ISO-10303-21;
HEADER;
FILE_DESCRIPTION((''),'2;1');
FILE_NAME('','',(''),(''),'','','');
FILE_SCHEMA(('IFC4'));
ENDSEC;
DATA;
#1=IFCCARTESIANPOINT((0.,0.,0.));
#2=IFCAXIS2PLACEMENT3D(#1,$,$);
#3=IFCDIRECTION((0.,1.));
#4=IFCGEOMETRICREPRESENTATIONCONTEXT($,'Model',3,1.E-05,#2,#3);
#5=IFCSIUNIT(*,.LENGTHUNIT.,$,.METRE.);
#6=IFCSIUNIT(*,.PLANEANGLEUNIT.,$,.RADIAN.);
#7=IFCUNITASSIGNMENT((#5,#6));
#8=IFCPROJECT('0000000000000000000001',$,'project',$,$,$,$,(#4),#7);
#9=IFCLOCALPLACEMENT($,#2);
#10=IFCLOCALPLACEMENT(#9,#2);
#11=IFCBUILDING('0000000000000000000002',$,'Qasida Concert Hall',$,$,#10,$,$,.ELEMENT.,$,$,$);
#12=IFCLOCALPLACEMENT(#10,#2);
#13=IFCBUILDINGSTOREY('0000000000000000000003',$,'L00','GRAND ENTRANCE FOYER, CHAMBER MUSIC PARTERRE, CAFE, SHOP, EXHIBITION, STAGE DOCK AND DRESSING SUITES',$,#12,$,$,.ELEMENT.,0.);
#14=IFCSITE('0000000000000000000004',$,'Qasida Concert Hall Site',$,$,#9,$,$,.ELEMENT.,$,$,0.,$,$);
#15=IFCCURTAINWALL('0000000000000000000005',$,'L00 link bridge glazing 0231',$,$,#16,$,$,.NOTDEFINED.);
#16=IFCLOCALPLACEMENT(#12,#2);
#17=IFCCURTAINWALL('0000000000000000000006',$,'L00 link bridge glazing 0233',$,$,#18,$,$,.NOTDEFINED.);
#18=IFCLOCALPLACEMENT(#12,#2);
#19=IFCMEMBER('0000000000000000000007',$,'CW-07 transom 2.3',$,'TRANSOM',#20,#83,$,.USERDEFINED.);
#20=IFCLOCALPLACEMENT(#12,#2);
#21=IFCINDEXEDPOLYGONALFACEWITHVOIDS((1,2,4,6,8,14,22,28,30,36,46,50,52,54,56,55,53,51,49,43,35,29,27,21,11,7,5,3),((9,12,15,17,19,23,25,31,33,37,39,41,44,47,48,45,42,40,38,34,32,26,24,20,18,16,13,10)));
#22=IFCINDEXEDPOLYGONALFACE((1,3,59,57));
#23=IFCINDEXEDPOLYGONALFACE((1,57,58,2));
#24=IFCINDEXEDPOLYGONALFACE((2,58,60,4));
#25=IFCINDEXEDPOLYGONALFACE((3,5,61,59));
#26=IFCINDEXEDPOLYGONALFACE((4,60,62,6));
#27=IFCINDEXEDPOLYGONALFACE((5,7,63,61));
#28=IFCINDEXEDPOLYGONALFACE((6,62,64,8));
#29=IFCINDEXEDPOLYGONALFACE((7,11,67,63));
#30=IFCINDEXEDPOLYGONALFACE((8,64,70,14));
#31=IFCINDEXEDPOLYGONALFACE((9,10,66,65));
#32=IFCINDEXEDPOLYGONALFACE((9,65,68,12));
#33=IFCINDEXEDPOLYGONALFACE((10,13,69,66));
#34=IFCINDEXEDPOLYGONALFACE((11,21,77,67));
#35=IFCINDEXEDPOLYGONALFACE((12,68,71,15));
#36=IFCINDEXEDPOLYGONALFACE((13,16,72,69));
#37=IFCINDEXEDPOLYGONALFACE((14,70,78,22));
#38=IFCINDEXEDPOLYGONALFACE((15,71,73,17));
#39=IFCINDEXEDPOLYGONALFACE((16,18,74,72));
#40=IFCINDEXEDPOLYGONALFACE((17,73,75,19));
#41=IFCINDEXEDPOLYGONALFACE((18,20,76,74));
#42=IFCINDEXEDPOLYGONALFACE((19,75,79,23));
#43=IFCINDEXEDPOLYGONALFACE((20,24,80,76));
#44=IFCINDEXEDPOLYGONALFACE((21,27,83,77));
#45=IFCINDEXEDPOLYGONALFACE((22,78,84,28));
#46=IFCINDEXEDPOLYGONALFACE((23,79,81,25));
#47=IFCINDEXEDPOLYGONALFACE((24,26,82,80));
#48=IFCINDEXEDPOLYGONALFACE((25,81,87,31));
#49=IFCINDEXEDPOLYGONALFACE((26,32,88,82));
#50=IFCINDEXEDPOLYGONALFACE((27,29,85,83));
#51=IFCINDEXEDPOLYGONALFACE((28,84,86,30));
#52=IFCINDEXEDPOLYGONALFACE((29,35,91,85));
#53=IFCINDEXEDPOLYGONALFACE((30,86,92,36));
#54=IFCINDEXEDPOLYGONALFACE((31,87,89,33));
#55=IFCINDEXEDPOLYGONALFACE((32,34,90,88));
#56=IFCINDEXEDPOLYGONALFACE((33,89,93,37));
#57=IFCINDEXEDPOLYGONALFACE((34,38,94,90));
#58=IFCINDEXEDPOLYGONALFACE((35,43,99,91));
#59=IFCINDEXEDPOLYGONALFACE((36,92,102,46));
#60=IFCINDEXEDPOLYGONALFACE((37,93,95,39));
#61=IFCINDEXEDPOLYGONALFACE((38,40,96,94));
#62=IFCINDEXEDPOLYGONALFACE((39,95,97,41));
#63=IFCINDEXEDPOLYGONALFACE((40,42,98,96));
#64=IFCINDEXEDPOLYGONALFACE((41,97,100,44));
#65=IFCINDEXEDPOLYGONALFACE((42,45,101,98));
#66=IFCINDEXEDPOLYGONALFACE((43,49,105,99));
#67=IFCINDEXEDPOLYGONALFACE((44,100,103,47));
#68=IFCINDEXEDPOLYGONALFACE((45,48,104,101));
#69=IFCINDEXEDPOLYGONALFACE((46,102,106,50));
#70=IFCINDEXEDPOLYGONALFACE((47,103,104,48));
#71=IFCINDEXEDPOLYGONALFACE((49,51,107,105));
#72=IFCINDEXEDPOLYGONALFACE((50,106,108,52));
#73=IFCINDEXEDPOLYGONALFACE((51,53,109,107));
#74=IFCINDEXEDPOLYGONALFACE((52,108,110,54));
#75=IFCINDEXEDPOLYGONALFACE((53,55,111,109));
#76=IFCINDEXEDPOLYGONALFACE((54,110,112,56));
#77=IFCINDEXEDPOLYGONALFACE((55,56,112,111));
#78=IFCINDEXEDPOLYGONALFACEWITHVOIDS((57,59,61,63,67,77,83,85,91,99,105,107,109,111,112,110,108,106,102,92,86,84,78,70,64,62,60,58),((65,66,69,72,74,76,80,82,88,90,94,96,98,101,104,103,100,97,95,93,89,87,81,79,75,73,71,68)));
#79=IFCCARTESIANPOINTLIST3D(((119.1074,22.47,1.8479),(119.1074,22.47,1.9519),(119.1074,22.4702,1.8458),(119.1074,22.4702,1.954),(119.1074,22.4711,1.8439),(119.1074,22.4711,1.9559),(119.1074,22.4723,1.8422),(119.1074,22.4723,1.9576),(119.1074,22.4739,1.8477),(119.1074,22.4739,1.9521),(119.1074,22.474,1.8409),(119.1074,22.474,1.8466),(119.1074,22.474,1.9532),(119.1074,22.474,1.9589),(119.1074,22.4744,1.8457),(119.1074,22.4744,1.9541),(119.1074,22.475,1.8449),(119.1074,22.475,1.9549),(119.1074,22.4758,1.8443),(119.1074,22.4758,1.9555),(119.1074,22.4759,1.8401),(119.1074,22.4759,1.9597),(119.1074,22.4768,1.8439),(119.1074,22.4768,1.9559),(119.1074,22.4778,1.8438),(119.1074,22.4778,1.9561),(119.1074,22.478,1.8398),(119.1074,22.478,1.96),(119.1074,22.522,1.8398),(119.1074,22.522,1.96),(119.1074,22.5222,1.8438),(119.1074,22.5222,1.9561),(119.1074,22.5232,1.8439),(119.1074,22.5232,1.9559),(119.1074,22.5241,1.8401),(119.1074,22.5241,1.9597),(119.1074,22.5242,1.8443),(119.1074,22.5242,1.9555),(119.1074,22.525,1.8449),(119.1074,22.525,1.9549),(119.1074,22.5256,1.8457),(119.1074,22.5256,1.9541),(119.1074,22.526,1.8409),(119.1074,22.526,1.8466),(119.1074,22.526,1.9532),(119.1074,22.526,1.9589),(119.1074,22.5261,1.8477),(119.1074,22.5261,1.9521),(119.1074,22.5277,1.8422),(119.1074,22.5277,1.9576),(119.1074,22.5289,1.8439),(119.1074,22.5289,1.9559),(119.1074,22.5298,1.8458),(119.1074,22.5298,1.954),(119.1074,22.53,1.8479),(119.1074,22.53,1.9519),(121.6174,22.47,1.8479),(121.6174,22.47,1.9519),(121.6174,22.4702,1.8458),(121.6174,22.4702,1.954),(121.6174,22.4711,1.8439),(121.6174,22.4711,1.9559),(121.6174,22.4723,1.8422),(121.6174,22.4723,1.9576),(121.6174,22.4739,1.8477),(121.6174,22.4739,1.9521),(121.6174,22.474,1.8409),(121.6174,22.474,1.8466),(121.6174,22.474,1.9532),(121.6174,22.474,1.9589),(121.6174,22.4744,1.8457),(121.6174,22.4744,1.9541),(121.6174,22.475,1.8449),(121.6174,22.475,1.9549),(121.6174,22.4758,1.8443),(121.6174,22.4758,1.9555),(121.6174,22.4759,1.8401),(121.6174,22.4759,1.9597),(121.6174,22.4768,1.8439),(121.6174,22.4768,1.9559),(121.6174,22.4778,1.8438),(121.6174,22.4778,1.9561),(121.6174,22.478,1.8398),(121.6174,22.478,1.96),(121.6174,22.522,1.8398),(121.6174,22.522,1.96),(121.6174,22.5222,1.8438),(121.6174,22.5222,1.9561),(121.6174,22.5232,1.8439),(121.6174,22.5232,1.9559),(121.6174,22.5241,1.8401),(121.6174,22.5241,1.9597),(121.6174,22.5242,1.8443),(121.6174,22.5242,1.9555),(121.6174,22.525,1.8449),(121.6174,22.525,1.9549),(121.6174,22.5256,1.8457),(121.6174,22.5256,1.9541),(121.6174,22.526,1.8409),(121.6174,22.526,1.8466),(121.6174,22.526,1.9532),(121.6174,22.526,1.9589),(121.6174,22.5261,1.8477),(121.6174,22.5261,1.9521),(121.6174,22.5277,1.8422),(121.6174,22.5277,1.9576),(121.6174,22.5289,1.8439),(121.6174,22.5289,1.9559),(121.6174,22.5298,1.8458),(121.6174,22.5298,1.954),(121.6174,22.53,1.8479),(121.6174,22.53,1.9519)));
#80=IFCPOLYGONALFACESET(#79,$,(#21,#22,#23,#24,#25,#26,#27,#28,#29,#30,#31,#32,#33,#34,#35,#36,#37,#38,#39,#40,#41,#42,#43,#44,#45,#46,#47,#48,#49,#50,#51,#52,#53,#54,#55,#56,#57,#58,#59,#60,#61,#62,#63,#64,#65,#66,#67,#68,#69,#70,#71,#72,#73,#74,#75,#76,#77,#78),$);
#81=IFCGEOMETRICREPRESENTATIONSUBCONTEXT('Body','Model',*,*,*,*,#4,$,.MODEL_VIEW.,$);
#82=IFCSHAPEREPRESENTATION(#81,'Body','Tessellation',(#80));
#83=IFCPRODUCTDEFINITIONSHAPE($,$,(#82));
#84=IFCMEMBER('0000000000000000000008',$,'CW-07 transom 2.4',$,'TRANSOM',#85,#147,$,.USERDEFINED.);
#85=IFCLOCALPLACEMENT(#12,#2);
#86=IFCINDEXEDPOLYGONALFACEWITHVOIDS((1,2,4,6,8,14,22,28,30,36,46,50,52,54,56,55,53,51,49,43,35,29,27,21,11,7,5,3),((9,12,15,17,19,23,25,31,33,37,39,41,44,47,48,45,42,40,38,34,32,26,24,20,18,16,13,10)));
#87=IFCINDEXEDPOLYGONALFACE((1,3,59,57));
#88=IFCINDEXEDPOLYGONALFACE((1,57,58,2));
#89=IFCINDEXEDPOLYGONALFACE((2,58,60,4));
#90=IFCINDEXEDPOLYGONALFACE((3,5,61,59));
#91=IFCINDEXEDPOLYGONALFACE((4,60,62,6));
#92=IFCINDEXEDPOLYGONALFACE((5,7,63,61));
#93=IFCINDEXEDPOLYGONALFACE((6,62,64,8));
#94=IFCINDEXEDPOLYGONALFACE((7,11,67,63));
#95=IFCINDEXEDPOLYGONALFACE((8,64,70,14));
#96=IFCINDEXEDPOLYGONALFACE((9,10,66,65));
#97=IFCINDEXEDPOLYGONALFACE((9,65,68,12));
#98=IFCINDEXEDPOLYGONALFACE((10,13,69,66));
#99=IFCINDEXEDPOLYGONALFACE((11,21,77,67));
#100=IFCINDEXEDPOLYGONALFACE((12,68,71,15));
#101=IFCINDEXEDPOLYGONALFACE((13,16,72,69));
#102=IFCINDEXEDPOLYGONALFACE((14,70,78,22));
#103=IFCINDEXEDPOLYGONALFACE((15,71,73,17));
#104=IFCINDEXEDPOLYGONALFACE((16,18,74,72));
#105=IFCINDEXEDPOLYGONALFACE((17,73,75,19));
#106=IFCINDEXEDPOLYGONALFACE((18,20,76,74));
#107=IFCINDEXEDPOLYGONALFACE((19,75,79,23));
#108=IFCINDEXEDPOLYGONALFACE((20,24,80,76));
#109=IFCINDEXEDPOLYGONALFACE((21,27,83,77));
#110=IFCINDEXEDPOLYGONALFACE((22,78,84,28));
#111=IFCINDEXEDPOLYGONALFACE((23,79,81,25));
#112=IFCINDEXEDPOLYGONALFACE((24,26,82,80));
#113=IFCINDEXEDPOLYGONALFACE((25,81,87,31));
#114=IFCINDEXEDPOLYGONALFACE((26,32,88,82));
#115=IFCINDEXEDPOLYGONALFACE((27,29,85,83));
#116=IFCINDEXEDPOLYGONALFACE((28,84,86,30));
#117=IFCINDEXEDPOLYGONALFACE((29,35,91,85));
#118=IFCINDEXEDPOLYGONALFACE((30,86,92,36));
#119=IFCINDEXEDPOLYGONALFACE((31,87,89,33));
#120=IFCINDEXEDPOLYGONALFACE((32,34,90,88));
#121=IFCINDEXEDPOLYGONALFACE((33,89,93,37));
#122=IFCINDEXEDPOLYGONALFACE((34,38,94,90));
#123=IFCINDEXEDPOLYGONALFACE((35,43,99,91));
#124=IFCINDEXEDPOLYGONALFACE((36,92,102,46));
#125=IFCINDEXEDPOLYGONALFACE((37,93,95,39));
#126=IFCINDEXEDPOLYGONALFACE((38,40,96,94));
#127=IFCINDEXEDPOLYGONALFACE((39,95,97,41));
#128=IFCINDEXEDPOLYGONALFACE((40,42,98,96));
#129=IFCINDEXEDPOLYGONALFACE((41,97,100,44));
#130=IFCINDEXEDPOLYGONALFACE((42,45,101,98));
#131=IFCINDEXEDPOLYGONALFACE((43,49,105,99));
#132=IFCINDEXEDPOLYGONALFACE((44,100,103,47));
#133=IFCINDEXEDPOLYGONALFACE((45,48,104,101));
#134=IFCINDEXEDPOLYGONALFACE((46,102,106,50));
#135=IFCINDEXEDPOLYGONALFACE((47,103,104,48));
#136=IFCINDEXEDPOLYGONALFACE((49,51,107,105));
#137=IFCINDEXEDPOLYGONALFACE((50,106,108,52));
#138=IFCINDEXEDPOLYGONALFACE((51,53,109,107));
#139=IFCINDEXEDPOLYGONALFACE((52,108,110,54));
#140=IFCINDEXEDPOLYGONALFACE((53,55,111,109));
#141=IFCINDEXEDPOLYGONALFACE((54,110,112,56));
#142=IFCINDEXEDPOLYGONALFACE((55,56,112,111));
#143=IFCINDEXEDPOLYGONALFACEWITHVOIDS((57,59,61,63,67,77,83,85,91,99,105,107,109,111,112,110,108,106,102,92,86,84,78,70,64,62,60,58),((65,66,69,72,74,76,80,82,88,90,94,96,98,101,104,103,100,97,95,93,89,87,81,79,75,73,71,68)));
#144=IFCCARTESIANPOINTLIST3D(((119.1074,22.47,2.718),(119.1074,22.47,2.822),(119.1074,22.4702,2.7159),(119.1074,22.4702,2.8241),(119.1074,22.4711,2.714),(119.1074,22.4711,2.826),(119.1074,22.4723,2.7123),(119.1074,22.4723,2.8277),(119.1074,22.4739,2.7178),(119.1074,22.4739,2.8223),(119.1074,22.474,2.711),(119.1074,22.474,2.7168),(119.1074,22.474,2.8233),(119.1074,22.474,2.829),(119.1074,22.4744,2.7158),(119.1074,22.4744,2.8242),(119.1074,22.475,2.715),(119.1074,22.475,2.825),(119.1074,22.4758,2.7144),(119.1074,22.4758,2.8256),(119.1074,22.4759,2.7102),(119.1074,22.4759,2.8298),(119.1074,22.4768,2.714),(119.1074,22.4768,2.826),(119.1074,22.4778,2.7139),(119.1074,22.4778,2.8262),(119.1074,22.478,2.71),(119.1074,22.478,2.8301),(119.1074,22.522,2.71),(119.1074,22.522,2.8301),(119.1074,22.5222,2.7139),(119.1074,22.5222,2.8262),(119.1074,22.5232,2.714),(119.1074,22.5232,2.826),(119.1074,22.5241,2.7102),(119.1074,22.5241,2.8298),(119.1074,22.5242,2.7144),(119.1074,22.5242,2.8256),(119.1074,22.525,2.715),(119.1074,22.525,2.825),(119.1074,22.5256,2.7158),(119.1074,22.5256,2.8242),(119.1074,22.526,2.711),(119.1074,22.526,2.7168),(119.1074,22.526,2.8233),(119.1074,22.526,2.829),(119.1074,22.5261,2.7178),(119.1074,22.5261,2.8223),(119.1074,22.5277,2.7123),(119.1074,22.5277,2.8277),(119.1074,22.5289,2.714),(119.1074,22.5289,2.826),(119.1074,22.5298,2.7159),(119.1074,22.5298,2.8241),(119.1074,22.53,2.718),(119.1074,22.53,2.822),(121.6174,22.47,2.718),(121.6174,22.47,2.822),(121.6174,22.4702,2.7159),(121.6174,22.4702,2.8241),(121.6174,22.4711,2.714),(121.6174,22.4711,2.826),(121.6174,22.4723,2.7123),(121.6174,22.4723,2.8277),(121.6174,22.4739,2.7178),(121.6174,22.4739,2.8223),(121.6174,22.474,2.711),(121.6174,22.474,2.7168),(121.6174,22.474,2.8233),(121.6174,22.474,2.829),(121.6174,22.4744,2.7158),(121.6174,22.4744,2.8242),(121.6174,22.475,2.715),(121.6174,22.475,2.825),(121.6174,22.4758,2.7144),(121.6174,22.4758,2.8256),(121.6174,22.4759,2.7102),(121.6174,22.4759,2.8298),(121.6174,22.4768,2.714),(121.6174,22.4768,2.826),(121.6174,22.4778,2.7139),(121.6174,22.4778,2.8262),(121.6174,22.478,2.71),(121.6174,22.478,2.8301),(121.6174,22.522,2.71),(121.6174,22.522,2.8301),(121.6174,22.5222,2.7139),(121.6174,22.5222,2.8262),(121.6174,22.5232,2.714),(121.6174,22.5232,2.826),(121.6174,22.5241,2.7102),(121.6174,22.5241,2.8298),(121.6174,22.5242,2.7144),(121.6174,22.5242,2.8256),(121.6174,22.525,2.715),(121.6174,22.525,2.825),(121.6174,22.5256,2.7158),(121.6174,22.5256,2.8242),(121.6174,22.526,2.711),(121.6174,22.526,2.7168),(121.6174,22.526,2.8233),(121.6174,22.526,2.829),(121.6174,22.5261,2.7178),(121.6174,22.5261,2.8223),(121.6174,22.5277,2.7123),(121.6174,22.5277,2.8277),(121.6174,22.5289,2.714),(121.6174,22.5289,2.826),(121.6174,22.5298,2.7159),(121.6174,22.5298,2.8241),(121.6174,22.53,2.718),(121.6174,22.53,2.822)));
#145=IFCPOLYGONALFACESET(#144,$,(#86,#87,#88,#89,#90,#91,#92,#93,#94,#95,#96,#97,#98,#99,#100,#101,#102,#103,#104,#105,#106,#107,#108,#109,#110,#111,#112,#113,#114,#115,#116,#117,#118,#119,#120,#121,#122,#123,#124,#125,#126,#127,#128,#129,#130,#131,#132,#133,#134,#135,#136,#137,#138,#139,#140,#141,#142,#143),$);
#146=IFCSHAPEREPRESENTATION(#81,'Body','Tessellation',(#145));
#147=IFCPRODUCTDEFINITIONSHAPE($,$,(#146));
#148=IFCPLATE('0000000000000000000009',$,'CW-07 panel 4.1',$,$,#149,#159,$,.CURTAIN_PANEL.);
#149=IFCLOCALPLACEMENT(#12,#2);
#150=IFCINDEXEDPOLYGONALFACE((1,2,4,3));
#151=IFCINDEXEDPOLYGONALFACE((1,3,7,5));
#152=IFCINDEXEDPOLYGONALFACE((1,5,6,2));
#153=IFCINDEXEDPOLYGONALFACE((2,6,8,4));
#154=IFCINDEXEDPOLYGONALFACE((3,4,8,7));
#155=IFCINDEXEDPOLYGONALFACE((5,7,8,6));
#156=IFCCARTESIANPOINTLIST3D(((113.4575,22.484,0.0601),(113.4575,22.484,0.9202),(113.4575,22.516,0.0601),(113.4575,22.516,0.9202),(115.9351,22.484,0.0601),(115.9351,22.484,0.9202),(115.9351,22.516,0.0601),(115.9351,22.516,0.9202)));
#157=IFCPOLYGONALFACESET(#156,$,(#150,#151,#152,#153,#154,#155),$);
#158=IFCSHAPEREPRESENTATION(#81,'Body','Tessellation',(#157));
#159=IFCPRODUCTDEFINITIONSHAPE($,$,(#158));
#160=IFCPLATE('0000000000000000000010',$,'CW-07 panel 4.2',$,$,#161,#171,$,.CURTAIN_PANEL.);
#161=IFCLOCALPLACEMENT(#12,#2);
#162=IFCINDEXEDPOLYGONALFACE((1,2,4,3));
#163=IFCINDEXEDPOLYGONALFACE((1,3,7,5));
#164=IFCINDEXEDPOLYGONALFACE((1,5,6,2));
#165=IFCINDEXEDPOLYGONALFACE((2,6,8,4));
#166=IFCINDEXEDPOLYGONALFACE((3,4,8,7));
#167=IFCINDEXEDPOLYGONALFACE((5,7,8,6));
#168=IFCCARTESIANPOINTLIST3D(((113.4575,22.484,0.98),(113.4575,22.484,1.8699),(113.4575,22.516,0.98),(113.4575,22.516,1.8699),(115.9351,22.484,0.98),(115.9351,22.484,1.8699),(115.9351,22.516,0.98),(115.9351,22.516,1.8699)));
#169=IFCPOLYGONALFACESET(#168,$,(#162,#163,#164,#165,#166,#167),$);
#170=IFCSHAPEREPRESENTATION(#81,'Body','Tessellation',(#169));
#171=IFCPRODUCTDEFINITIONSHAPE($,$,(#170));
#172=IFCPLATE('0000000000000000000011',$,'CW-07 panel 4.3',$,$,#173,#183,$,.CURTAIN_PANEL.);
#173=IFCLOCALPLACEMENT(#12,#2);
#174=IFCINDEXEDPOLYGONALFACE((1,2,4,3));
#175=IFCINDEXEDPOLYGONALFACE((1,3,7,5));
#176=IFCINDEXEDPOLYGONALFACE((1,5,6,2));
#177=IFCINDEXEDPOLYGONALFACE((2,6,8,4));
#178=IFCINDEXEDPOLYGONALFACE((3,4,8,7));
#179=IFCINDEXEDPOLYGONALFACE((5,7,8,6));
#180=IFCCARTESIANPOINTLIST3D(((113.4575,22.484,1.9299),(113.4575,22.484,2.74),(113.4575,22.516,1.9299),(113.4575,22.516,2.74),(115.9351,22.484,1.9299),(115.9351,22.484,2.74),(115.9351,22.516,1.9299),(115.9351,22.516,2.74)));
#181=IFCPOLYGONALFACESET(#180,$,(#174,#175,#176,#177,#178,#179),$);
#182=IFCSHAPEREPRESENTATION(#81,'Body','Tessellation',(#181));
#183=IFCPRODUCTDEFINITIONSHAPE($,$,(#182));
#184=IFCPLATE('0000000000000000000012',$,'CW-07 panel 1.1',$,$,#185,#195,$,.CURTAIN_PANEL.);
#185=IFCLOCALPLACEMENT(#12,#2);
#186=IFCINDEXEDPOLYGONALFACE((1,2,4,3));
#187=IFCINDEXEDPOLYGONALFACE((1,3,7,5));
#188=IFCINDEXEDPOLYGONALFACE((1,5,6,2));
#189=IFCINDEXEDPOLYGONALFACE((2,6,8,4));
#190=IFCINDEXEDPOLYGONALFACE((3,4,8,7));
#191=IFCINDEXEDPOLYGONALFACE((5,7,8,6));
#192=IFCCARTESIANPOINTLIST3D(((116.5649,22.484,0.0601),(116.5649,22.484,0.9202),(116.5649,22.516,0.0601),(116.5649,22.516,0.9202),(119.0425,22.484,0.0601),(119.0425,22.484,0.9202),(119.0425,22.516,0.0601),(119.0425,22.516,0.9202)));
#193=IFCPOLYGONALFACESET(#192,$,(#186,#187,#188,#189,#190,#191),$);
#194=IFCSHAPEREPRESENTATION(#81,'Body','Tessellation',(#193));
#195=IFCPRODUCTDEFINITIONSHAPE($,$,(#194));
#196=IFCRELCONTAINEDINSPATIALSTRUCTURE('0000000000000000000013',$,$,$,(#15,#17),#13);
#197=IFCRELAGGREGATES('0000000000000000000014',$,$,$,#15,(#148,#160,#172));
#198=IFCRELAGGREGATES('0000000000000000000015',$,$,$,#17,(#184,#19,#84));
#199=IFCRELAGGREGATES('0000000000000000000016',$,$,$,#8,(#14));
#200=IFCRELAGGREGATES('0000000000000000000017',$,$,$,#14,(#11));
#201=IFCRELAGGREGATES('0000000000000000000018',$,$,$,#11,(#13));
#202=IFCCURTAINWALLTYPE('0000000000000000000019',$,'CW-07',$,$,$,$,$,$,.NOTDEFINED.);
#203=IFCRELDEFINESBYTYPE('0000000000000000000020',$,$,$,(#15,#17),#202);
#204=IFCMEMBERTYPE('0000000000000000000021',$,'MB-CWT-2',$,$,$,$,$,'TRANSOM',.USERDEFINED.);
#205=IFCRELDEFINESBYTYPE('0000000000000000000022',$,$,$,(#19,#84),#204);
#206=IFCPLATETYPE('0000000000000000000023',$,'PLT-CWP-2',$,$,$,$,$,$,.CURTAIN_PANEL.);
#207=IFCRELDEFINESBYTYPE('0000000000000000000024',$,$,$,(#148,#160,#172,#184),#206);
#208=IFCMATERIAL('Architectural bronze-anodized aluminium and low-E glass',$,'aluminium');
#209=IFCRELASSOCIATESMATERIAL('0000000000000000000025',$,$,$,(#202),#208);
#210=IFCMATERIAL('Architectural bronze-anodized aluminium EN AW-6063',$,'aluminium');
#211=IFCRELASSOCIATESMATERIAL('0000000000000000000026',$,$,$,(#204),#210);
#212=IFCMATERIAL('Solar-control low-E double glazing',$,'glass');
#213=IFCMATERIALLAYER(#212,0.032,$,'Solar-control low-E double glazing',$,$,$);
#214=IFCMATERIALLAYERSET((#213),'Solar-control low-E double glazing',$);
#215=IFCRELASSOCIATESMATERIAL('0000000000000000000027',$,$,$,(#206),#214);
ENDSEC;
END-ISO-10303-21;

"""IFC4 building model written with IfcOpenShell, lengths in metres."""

from ifc_helpers import new_model, si_unit, direction, frame, origin, origin_2d, place, context, subcontext, project, spatial, rectangle, hollow_rectangle, extrude, material, layer, layer_set, material_profile, profile_set, type_object, element, aggregate, save


model = new_model("IFC4")

# Units and contexts
model_context = context("Model", 3, precision=1e-05, world=origin(), true_north=direction((0.0, 1.0)))
body_context = subcontext(model_context, "Body", "Model", "MODEL_VIEW")
ifc_project = project(units=[si_unit("LENGTHUNIT", "METRE"), si_unit("PLANEANGLEUNIT", "RADIAN")], contexts=[model_context])

# Site, building, storey
site_placement = place(None, origin())
site = spatial("IfcSite", under=ifc_project, at=site_placement, Name="Qasida Concert Hall Site", CompositionType="ELEMENT", RefElevation=0.0)
building_placement = place(site_placement, origin())
building = spatial("IfcBuilding", under=site, at=building_placement, Name="Qasida Concert Hall", CompositionType="ELEMENT")
storey_placement = place(building_placement, origin())
storey = spatial("IfcBuildingStorey", under=building, at=storey_placement, Name="L00", Description="GRAND ENTRANCE FOYER, CHAMBER MUSIC PARTERRE, CAFE, SHOP, EXHIBITION, STAGE DOCK AND DRESSING SUITES", CompositionType="ELEMENT", Elevation=0.0)

# Curtain walls
ifc_material_1 = material(Name="Architectural bronze-anodized aluminium and low-E glass", Category="aluminium")
curtain_wall_type = type_object("IfcCurtainWallType", Name="CW-07", PredefinedType="NOTDEFINED", material=ifc_material_1)
curtain_wall_1_placement = place(storey_placement, origin())
curtain_wall_1 = element("IfcCurtainWall", 1, at=curtain_wall_1_placement, inside=storey, type_object=curtain_wall_type, Name="L00 link bridge glazing 0231", PredefinedType="NOTDEFINED")
ifc_material_2 = material(Name="Architectural bronze-anodized aluminium EN AW-6063", Category="aluminium")
curtain_wall_2_placement = place(storey_placement, origin())
curtain_wall_2 = element("IfcCurtainWall", 2, at=curtain_wall_2_placement, inside=storey, type_object=curtain_wall_type, Name="L00 link bridge glazing 0233", PredefinedType="NOTDEFINED")

# Members
ifc_material_profile_1 = material_profile(ifc_material_2, hollow_rectangle(XDim=0.0601, YDim=0.1201, WallThickness=0.0039, InnerFilletRadius=0.0039, OuterFilletRadius=0.0081, at=origin_2d()), Name="CWT 120x60x4")
ifc_profile_set_1 = profile_set([ifc_material_profile_1], Name="Architectural bronze-anodized aluminium EN AW-6063")
member_type_1 = type_object("IfcMemberType", Name="MB-CWT-2", ElementType="TRANSOM", PredefinedType="USERDEFINED", material=ifc_profile_set_1)
member_1_placement = place(storey_placement, frame((119.1074, 22.5, 1.8999), z_axis=(1.0, 0.0, 0.0), x_axis=(0.0, 1.0, 0.0)))
member_1 = element("IfcMember", 3, at=member_1_placement, type_object=member_type_1, Name="CW-07 transom 2.3", ObjectType="TRANSOM", PredefinedType="USERDEFINED", context=body_context, shape_type="SweptSolid", body=[
    extrude(hollow_rectangle(XDim=0.0601, YDim=0.1201, WallThickness=0.0039, InnerFilletRadius=0.0039, OuterFilletRadius=0.0081, at=origin_2d()), origin(), (0.0, 0.0, 1.0), 2.51),
])
member_2_placement = place(storey_placement, frame((119.1074, 22.5, 2.77), z_axis=(1.0, 0.0, 0.0), x_axis=(0.0, 1.0, 0.0)))
member_2 = element("IfcMember", 4, at=member_2_placement, type_object=member_type_1, Name="CW-07 transom 2.4", ObjectType="TRANSOM", PredefinedType="USERDEFINED", context=body_context, shape_type="SweptSolid", body=[
    extrude(hollow_rectangle(XDim=0.0601, YDim=0.1201, WallThickness=0.0039, InnerFilletRadius=0.0039, OuterFilletRadius=0.0081, at=origin_2d()), origin(), (0.0, 0.0, 1.0), 2.51),
])

# Plates
ifc_material_3 = material(Name="Solar-control low-E double glazing", Category="glass")
ifc_layer = layer(ifc_material_3, 0.032, Name="Solar-control low-E double glazing")
ifc_layer_set = layer_set([ifc_layer], Name="Solar-control low-E double glazing")
plate_type = type_object("IfcPlateType", Name="PLT-CWP-2", PredefinedType="CURTAIN_PANEL", material=ifc_layer_set)
plate_1_placement = place(storey_placement, frame((114.6963, 22.5, 0.0601), z_axis=(0.0, 0.0, 1.0), x_axis=(1.0, 0.0, 0.0)))
plate_1 = element("IfcPlate", 5, at=plate_1_placement, type_object=plate_type, Name="CW-07 panel 4.1", PredefinedType="CURTAIN_PANEL", context=body_context, shape_type="SweptSolid", body=[
    extrude(rectangle(XDim=2.4775, YDim=0.032, at=origin_2d()), origin(), (0.0, 0.0, 1.0), 0.8601),
])
plate_2_placement = place(storey_placement, frame((114.6963, 22.5, 0.98), z_axis=(0.0, 0.0, 1.0), x_axis=(1.0, 0.0, 0.0)))
plate_2 = element("IfcPlate", 6, at=plate_2_placement, type_object=plate_type, Name="CW-07 panel 4.2", PredefinedType="CURTAIN_PANEL", context=body_context, shape_type="SweptSolid", body=[
    extrude(rectangle(XDim=2.4775, YDim=0.032, at=origin_2d()), origin(), (0.0, 0.0, 1.0), 0.8899),
])
plate_3_placement = place(storey_placement, frame((114.6963, 22.5, 1.9299), z_axis=(0.0, 0.0, 1.0), x_axis=(1.0, 0.0, 0.0)))
plate_3 = element("IfcPlate", 7, at=plate_3_placement, type_object=plate_type, Name="CW-07 panel 4.3", PredefinedType="CURTAIN_PANEL", context=body_context, shape_type="SweptSolid", body=[
    extrude(rectangle(XDim=2.4775, YDim=0.032, at=origin_2d()), origin(), (0.0, 0.0, 1.0), 0.8101),
])
aggregate(curtain_wall_1, [plate_1, plate_2, plate_3])
plate_4_placement = place(storey_placement, frame((117.8037, 22.5, 0.0601), z_axis=(0.0, 0.0, 1.0), x_axis=(1.0, 0.0, 0.0)))
plate_4 = element("IfcPlate", 8, at=plate_4_placement, type_object=plate_type, Name="CW-07 panel 1.1", PredefinedType="CURTAIN_PANEL", context=body_context, shape_type="SweptSolid", body=[
    extrude(rectangle(XDim=2.4775, YDim=0.032, at=origin_2d()), origin(), (0.0, 0.0, 1.0), 0.8601),
])
aggregate(curtain_wall_2, [plate_4, member_1, member_2])

save(model, "model.ifc")
